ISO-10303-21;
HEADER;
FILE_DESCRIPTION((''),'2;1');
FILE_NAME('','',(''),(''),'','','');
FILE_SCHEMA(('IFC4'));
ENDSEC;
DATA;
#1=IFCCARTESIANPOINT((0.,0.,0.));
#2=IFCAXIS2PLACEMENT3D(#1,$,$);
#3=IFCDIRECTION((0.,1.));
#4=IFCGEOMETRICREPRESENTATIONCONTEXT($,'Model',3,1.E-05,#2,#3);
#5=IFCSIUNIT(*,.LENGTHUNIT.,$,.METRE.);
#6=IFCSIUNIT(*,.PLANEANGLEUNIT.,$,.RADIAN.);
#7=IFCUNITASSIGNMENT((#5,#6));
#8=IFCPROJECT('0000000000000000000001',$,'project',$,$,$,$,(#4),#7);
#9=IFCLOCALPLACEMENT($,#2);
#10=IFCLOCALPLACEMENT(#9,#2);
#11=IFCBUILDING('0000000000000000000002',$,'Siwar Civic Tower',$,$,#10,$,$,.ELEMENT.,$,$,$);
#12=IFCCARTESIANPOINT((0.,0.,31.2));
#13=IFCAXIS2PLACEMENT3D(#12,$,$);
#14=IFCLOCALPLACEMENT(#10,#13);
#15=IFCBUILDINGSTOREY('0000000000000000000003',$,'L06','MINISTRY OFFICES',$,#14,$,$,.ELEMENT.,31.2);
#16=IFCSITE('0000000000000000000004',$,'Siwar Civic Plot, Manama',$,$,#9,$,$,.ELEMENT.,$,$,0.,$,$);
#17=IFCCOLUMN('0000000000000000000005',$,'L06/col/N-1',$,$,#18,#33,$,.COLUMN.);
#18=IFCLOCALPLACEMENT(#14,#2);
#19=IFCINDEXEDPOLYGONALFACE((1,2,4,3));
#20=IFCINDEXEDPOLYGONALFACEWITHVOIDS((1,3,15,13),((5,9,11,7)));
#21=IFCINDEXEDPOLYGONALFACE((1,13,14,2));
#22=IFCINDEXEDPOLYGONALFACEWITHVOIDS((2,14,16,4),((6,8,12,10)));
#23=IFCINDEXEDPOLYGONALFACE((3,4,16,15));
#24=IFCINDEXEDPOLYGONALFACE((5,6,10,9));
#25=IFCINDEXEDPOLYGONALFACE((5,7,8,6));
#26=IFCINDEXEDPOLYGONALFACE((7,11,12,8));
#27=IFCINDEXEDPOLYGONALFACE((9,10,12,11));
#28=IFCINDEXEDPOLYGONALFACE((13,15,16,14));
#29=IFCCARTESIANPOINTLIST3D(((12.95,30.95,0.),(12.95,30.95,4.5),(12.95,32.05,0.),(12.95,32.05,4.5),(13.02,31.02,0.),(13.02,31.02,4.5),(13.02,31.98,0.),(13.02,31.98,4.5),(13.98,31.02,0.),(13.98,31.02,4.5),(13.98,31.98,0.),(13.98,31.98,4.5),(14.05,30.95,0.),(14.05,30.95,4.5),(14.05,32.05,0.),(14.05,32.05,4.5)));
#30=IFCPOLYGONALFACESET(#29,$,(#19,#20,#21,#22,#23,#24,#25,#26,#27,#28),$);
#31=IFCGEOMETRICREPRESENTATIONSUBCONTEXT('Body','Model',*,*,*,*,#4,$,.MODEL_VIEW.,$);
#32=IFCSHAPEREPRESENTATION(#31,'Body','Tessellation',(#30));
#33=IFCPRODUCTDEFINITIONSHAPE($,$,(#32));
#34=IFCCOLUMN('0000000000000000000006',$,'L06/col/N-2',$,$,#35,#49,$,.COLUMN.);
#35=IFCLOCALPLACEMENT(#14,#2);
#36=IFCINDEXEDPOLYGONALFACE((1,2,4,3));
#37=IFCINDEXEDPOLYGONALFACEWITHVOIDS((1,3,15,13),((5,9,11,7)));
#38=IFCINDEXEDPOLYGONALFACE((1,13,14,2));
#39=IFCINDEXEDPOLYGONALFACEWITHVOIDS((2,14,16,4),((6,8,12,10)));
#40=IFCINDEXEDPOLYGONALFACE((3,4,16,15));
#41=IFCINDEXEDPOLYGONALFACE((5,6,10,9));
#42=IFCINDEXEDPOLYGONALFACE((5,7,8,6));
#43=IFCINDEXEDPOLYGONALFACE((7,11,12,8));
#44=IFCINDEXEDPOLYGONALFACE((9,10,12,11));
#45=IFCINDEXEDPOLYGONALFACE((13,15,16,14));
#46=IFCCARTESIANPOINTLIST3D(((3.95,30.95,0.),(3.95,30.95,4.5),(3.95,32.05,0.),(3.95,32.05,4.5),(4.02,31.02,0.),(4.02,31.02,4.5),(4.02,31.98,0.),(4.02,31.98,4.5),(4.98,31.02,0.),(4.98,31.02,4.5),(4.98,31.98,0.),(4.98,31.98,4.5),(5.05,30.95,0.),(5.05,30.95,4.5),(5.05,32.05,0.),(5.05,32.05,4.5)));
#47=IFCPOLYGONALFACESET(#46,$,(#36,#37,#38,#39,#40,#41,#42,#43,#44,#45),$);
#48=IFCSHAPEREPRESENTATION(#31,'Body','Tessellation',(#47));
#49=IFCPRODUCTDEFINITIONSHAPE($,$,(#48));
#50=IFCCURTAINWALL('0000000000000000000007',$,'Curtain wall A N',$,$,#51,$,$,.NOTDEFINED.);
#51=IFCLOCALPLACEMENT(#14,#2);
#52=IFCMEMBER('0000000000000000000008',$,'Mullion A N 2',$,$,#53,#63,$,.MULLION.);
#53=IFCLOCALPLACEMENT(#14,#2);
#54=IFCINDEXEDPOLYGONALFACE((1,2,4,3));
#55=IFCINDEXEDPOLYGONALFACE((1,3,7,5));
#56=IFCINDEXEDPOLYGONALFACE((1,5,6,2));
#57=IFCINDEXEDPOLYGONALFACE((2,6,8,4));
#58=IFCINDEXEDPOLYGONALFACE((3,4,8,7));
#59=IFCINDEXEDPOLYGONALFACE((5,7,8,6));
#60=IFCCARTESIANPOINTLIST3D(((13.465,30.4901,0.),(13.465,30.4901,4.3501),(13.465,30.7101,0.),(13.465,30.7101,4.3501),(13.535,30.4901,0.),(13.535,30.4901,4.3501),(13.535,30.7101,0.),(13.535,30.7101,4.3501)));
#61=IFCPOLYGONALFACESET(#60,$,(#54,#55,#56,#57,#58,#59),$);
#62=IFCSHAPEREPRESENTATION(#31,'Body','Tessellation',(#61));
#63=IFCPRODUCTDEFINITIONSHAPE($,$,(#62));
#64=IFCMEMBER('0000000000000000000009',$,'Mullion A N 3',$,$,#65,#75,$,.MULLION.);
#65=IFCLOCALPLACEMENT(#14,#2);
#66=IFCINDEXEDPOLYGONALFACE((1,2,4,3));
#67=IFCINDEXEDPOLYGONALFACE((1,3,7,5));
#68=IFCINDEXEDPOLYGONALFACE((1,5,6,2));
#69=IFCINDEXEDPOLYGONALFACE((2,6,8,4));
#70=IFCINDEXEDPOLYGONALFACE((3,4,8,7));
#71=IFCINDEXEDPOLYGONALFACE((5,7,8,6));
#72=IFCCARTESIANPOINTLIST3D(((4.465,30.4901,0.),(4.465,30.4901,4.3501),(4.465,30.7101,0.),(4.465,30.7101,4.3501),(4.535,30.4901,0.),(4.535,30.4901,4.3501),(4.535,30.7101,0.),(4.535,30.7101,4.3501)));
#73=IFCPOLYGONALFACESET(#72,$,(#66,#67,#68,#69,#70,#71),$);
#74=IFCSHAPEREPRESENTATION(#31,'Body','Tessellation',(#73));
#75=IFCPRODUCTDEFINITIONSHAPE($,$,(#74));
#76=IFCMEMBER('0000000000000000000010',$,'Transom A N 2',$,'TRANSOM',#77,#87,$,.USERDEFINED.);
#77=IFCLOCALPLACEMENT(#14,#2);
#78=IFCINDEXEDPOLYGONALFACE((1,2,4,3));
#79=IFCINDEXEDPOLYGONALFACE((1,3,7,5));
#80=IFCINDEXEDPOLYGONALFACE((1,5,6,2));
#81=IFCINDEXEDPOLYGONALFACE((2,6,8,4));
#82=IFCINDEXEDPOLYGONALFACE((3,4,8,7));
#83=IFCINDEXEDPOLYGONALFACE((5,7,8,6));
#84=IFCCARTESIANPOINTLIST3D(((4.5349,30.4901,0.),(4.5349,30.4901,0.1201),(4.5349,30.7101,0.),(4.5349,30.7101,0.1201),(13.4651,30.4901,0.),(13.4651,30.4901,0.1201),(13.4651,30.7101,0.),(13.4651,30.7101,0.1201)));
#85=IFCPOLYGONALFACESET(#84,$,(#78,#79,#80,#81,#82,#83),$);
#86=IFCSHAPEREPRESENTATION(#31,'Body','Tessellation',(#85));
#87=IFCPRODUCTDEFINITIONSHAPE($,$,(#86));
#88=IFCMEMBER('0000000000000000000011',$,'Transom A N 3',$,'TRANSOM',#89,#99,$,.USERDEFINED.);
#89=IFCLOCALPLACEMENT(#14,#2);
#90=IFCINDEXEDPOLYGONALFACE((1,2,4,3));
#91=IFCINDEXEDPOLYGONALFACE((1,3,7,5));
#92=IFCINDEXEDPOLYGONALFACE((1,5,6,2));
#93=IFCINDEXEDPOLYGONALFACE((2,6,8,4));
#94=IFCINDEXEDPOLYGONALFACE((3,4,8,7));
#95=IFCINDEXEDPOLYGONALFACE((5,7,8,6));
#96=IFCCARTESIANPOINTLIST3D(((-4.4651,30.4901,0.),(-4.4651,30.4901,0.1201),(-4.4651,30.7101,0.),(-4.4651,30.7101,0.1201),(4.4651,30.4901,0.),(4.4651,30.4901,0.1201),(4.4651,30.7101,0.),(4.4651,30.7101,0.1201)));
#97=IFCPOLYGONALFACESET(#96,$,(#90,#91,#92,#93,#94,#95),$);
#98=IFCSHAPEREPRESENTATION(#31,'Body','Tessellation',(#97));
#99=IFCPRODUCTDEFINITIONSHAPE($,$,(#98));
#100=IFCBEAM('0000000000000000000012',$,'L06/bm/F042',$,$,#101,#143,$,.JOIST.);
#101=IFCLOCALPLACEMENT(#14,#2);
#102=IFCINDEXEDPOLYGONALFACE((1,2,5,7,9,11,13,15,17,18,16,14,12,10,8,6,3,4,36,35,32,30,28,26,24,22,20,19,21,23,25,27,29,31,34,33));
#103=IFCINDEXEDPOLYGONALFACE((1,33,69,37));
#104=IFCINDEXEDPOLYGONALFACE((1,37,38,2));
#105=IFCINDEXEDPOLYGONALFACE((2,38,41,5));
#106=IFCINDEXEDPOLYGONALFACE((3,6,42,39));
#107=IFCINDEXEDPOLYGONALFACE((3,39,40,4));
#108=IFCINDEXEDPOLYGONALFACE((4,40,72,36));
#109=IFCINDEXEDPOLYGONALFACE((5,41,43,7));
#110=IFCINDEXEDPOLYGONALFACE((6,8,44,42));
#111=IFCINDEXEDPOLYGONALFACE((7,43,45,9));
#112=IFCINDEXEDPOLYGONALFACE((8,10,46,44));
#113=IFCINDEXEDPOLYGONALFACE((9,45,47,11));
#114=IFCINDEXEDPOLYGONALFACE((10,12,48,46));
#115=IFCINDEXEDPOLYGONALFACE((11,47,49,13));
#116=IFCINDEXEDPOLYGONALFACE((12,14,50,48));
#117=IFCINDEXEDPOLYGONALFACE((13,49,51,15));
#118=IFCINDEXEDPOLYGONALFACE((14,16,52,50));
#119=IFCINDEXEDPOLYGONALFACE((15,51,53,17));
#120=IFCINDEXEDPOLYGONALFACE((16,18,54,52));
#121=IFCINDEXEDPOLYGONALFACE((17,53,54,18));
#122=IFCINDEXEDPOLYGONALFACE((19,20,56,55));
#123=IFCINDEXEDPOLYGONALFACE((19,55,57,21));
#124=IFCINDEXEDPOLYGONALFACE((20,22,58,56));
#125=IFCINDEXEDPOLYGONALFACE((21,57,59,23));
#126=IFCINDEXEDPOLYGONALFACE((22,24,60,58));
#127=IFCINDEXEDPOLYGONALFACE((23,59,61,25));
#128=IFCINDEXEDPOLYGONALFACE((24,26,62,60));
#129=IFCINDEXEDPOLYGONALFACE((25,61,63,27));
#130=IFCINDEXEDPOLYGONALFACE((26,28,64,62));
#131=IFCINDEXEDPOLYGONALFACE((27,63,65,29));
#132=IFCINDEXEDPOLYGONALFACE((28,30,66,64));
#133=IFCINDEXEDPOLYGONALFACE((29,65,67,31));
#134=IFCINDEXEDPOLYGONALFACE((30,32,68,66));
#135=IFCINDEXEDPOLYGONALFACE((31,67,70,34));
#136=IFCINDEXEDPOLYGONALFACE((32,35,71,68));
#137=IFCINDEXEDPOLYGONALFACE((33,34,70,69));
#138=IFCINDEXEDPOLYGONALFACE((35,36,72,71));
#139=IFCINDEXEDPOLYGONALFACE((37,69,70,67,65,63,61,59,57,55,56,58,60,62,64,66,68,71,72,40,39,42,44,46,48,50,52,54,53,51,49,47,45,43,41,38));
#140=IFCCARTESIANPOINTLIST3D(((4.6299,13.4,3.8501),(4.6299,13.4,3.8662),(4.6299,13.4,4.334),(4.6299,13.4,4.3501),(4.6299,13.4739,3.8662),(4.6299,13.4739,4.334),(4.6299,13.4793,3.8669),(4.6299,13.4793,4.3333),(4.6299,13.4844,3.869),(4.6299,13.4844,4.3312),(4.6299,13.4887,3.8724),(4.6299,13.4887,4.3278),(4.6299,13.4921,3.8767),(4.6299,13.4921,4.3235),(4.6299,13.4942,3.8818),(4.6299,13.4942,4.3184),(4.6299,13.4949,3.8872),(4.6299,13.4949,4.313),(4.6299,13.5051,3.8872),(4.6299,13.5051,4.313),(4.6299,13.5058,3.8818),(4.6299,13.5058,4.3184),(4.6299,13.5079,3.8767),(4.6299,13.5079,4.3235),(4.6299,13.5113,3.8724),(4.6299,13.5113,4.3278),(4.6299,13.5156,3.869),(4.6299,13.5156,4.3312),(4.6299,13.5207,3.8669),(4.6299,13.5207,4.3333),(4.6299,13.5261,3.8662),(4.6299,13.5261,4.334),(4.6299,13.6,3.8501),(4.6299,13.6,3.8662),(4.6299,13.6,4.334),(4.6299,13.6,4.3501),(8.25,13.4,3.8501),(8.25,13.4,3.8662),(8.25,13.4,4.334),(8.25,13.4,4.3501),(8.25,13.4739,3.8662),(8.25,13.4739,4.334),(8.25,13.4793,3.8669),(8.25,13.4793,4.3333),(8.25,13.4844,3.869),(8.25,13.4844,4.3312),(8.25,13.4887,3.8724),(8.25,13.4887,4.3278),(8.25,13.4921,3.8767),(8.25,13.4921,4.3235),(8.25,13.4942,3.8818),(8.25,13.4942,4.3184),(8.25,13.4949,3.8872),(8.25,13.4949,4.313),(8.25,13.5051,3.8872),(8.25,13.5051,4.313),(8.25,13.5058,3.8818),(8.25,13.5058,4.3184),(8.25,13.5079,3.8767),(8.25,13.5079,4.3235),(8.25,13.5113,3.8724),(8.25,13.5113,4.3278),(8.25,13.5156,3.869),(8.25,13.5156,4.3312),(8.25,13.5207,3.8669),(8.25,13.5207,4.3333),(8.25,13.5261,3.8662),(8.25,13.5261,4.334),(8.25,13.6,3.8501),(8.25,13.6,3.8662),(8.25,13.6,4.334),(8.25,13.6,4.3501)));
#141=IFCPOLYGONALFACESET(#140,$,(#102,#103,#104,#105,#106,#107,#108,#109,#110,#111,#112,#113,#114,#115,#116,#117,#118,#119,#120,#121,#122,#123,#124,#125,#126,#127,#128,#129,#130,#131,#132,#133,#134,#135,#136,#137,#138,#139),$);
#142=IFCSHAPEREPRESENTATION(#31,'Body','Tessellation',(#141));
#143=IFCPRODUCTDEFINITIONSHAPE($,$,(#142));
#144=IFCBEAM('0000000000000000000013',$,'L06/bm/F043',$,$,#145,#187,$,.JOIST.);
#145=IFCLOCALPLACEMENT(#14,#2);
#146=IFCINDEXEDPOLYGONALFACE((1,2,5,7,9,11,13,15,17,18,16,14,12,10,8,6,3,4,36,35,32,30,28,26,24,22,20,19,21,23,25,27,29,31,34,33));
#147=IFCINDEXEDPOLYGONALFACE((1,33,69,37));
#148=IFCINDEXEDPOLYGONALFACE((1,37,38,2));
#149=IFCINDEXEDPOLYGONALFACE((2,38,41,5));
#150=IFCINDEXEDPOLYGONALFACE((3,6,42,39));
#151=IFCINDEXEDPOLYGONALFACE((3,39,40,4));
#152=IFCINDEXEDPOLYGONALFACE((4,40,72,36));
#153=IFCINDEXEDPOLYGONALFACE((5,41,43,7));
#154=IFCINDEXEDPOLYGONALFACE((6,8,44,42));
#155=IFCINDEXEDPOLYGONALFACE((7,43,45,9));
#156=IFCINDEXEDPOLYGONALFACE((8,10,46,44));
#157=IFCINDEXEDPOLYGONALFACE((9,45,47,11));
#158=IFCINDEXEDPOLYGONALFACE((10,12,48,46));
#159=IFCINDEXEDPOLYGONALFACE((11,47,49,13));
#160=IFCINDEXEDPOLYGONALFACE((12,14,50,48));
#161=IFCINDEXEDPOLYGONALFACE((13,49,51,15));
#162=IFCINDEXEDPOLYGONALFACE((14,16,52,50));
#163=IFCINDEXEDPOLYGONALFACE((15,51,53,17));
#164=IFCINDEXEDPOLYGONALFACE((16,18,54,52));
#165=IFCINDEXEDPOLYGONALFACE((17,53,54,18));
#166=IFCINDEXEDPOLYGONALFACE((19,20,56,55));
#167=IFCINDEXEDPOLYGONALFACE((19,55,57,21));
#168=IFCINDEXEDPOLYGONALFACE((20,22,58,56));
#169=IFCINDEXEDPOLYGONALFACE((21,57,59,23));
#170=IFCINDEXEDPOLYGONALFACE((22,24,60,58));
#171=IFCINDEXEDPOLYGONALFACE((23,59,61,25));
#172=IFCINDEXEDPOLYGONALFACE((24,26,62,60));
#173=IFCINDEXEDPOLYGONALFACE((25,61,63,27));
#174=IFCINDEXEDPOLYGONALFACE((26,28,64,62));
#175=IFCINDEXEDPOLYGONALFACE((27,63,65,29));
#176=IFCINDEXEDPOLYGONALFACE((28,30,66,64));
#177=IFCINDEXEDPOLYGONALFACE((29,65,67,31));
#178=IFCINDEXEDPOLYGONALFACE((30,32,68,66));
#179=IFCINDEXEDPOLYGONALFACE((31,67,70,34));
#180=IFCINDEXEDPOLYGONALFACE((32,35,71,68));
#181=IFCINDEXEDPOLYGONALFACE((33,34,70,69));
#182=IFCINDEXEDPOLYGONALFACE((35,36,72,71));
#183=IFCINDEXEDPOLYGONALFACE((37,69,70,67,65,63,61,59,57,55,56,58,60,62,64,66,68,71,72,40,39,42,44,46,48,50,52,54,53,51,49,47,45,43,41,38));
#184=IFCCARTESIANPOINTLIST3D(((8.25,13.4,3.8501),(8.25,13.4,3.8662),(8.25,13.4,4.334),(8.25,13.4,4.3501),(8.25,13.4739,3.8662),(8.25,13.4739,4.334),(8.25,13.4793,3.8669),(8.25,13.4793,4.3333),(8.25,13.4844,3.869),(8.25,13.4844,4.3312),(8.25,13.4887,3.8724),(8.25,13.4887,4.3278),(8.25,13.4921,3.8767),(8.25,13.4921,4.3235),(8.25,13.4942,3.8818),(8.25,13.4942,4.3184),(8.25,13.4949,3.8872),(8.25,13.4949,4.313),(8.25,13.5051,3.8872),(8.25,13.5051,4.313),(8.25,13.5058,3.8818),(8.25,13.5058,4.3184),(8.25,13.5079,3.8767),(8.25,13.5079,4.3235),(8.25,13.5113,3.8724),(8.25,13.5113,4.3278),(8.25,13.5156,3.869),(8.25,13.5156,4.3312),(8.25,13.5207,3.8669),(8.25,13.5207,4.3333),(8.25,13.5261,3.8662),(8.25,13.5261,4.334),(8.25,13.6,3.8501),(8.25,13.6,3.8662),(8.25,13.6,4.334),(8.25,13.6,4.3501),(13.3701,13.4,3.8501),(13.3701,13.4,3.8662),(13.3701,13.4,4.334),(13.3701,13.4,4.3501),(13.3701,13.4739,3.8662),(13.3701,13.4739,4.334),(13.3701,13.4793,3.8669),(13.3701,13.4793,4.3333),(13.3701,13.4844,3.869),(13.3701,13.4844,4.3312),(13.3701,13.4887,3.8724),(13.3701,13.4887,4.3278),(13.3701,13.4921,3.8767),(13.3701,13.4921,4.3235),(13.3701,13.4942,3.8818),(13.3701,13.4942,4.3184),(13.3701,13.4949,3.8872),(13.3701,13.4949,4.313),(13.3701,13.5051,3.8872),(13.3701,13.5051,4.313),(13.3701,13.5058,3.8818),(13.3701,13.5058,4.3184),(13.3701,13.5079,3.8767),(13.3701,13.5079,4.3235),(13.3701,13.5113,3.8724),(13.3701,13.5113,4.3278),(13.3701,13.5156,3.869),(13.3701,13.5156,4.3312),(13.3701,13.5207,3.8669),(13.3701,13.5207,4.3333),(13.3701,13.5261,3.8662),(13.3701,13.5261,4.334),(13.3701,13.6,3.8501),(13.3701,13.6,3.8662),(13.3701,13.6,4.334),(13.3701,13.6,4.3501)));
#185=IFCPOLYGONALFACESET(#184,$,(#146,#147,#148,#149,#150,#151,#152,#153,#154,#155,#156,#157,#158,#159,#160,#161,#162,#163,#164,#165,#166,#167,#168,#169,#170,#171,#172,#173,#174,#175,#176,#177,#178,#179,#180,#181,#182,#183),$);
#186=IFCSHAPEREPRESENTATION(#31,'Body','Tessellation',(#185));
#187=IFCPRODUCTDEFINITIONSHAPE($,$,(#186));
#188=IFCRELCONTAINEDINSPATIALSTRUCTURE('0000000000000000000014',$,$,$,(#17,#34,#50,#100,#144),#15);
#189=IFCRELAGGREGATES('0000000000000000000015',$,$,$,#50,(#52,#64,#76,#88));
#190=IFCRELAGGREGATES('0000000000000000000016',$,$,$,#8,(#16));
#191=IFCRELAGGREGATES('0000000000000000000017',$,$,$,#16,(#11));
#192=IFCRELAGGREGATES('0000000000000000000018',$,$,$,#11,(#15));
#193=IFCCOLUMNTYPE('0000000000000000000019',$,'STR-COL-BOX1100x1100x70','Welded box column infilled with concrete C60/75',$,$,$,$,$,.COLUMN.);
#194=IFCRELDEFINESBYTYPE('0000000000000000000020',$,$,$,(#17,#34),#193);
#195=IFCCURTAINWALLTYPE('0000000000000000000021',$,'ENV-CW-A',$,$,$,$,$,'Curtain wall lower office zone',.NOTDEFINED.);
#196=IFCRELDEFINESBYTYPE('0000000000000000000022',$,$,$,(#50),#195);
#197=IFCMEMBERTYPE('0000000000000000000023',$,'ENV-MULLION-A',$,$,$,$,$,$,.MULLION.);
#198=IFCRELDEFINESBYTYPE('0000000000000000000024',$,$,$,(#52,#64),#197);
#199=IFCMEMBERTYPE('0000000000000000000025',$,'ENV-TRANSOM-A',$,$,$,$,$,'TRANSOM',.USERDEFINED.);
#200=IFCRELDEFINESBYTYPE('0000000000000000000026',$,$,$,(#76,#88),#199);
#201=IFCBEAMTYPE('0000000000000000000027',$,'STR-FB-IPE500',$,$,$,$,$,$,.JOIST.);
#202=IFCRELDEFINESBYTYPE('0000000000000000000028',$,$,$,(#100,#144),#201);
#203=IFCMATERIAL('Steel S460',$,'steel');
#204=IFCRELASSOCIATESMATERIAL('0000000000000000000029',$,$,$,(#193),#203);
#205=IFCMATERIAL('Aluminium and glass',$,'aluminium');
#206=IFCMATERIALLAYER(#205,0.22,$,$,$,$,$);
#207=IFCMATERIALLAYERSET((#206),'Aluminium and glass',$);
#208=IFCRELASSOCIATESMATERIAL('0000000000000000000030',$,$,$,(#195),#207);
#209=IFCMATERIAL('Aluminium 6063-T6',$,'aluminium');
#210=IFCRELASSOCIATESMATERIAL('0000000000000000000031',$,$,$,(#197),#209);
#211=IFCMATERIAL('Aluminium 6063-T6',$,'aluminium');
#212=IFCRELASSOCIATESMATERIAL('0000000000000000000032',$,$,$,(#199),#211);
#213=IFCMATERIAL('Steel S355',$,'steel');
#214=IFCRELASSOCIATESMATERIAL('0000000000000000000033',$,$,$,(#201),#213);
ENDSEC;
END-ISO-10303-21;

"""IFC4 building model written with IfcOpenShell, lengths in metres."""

from ifc_helpers import new_model, si_unit, direction, frame, origin, origin_2d, place, context, subcontext, project, spatial, rectangle, hollow_rectangle, i_section, extrude, material, layer, layer_set, material_profile, profile_set, type_object, element, aggregate, save


model = new_model("IFC4")

# Units and contexts
model_context = context("Model", 3, precision=1e-05, world=origin(), true_north=direction((0.0, 1.0)))
body_context = subcontext(model_context, "Body", "Model", "MODEL_VIEW")
ifc_project = project(units=[si_unit("LENGTHUNIT", "METRE"), si_unit("PLANEANGLEUNIT", "RADIAN")], contexts=[model_context])

# Site, building, storey
site_placement = place(None, origin())
site = spatial("IfcSite", under=ifc_project, at=site_placement, Name="Siwar Civic Plot, Manama", CompositionType="ELEMENT", RefElevation=0.0)
building_placement = place(site_placement, origin())
building = spatial("IfcBuilding", under=site, at=building_placement, Name="Siwar Civic Tower", CompositionType="ELEMENT")
storey_placement = place(building_placement, frame((0.0, 0.0, 31.2)))
storey = spatial("IfcBuildingStorey", under=building, at=storey_placement, Name="L06", Description="MINISTRY OFFICES", CompositionType="ELEMENT", Elevation=31.2)

# Columns
ifc_material_1 = material(Name="Steel S460", Category="steel")
ifc_material_profile_1 = material_profile(ifc_material_1, hollow_rectangle(XDim=1.1001, YDim=1.1001, WallThickness=0.0701, at=origin_2d()), Name="BOX1100x1100x70")
ifc_profile_set_1 = profile_set([ifc_material_profile_1], Name="Steel S460")
column_type = type_object("IfcColumnType", Name="STR-COL-BOX1100x1100x70", Description="Welded box column infilled with concrete C60/75", PredefinedType="COLUMN", material=ifc_profile_set_1)
for number, where, z_axis, x_axis, name in (
    (1, (13.5, 31.5, 0.0), (0.0, 0.0, 1.0), (1.0, 0.0, 0.0), "L06/col/N-1"),
    (2, (4.5, 31.5, 0.0), (0.0, 0.0, 1.0), (1.0, 0.0, 0.0), "L06/col/N-2"),
):
    element("IfcColumn", number, at=place(storey_placement, frame(where, z_axis=z_axis, x_axis=x_axis)), inside=storey, type_object=column_type, Name=name, PredefinedType="COLUMN", context=body_context, shape_type="SweptSolid", body=[
        extrude(hollow_rectangle(XDim=1.1001, YDim=1.1001, WallThickness=0.0701, at=origin_2d()), origin(), (0.0, 0.0, 1.0), 4.5),
    ])

# Curtain wall, members
ifc_material_2 = material(Name="Aluminium and glass", Category="aluminium")
ifc_layer_1 = layer(ifc_material_2, 0.22)
ifc_layer_set_1 = layer_set([ifc_layer_1], Name="Aluminium and glass")
curtain_wall_type = type_object("IfcCurtainWallType", Name="ENV-CW-A", ElementType="Curtain wall lower office zone", PredefinedType="NOTDEFINED", material=ifc_layer_set_1)
curtain_wall_placement = place(storey_placement, origin())
curtain_wall = element("IfcCurtainWall", 3, at=curtain_wall_placement, inside=storey, type_object=curtain_wall_type, Name="Curtain wall A N", PredefinedType="NOTDEFINED")
ifc_material_3 = material(Name="Aluminium 6063-T6", Category="aluminium")
ifc_material_profile_2 = material_profile(ifc_material_3, rectangle(XDim=0.22, YDim=0.0701, at=origin_2d()), Name="AL 220x70")
ifc_profile_set_2 = profile_set([ifc_material_profile_2], Name="Aluminium 6063-T6")
member_type_1 = type_object("IfcMemberType", Name="ENV-MULLION-A", PredefinedType="MULLION", material=ifc_profile_set_2)
member_1_placement = place(storey_placement, frame((13.5, 30.6001, 0.0), z_axis=(0.0, 0.0, 1.0), x_axis=(0.0, -1.0, 0.0)))
member_1 = element("IfcMember", 4, at=member_1_placement, type_object=member_type_1, Name="Mullion A N 2", PredefinedType="MULLION", context=body_context, shape_type="SweptSolid", body=[
    extrude(rectangle(XDim=0.22, YDim=0.0701, at=origin_2d()), origin(), (0.0, 0.0, 1.0), 4.3501),
])
member_2_placement = place(storey_placement, frame((4.5, 30.6001, 0.0), z_axis=(0.0, 0.0, 1.0), x_axis=(0.0, -1.0, 0.0)))
member_2 = element("IfcMember", 5, at=member_2_placement, type_object=member_type_1, Name="Mullion A N 3", PredefinedType="MULLION", context=body_context, shape_type="SweptSolid", body=[
    extrude(rectangle(XDim=0.22, YDim=0.0701, at=origin_2d()), origin(), (0.0, 0.0, 1.0), 4.3501),
])
ifc_material_4 = material(Name="Aluminium 6063-T6", Category="aluminium")
ifc_material_profile_3 = material_profile(ifc_material_4, rectangle(XDim=0.22, YDim=0.1201, at=origin_2d()), Name="AL 220x120")
ifc_profile_set_3 = profile_set([ifc_material_profile_3], Name="Aluminium 6063-T6")
member_type_2 = type_object("IfcMemberType", Name="ENV-TRANSOM-A", ElementType="TRANSOM", PredefinedType="USERDEFINED", material=ifc_profile_set_3)
member_3_placement = place(storey_placement, frame((13.4651, 30.6001, 0.0601), z_axis=(-1.0, 0.0, 0.0), x_axis=(0.0, -1.0, 0.0)))
member_3 = element("IfcMember", 6, at=member_3_placement, type_object=member_type_2, Name="Transom A N 2", ObjectType="TRANSOM", PredefinedType="USERDEFINED", context=body_context, shape_type="SweptSolid", body=[
    extrude(rectangle(XDim=0.22, YDim=0.1201, at=origin_2d()), origin(), (0.0, 0.0, 1.0), 8.9302),
])
member_4_placement = place(storey_placement, frame((4.4651, 30.6001, 0.0601), z_axis=(-1.0, 0.0, 0.0), x_axis=(0.0, -1.0, 0.0)))
member_4 = element("IfcMember", 7, at=member_4_placement, type_object=member_type_2, Name="Transom A N 3", ObjectType="TRANSOM", PredefinedType="USERDEFINED", context=body_context, shape_type="SweptSolid", body=[
    extrude(rectangle(XDim=0.22, YDim=0.1201, at=origin_2d()), origin(), (0.0, 0.0, 1.0), 8.9302),
])

# Beams
ifc_material_5 = material(Name="Steel S355", Category="steel")
ifc_material_profile_4 = material_profile(ifc_material_5, i_section(OverallWidth=0.2, OverallDepth=0.5, WebThickness=0.0103, FlangeThickness=0.0161, FilletRadius=0.021, at=origin_2d()), Name="IPE500")
ifc_profile_set_4 = profile_set([ifc_material_profile_4], Name="Steel S355")
beam_type_1 = type_object("IfcBeamType", Name="STR-FB-IPE500", PredefinedType="JOIST", material=ifc_profile_set_4)
beam_1_placement = place(storey_placement, frame((4.6299, 13.5, 4.1001), z_axis=(1.0, 0.0, 0.0), x_axis=(0.0, 1.0, 0.0)))
element("IfcBeam", 8, at=beam_1_placement, inside=storey, type_object=beam_type_1, Name="L06/bm/F042", PredefinedType="JOIST", context=body_context, shape_type="SweptSolid", body=[
    extrude(i_section(OverallWidth=0.2, OverallDepth=0.5, WebThickness=0.0103, FlangeThickness=0.0161, FilletRadius=0.021, at=origin_2d()), origin(), (0.0, 0.0, 1.0), 3.6201),
])
beam_2_placement = place(storey_placement, frame((8.25, 13.5, 4.1001), z_axis=(1.0, 0.0, 0.0), x_axis=(0.0, 1.0, 0.0)))
element("IfcBeam", 9, at=beam_2_placement, inside=storey, type_object=beam_type_1, Name="L06/bm/F043", PredefinedType="JOIST", context=body_context, shape_type="SweptSolid", body=[
    extrude(i_section(OverallWidth=0.2, OverallDepth=0.5, WebThickness=0.0103, FlangeThickness=0.0161, FilletRadius=0.021, at=origin_2d()), origin(), (0.0, 0.0, 1.0), 5.1201),
])

aggregate(curtain_wall, [member_1, member_2, member_3, member_4])

save(model, "model.ifc")
